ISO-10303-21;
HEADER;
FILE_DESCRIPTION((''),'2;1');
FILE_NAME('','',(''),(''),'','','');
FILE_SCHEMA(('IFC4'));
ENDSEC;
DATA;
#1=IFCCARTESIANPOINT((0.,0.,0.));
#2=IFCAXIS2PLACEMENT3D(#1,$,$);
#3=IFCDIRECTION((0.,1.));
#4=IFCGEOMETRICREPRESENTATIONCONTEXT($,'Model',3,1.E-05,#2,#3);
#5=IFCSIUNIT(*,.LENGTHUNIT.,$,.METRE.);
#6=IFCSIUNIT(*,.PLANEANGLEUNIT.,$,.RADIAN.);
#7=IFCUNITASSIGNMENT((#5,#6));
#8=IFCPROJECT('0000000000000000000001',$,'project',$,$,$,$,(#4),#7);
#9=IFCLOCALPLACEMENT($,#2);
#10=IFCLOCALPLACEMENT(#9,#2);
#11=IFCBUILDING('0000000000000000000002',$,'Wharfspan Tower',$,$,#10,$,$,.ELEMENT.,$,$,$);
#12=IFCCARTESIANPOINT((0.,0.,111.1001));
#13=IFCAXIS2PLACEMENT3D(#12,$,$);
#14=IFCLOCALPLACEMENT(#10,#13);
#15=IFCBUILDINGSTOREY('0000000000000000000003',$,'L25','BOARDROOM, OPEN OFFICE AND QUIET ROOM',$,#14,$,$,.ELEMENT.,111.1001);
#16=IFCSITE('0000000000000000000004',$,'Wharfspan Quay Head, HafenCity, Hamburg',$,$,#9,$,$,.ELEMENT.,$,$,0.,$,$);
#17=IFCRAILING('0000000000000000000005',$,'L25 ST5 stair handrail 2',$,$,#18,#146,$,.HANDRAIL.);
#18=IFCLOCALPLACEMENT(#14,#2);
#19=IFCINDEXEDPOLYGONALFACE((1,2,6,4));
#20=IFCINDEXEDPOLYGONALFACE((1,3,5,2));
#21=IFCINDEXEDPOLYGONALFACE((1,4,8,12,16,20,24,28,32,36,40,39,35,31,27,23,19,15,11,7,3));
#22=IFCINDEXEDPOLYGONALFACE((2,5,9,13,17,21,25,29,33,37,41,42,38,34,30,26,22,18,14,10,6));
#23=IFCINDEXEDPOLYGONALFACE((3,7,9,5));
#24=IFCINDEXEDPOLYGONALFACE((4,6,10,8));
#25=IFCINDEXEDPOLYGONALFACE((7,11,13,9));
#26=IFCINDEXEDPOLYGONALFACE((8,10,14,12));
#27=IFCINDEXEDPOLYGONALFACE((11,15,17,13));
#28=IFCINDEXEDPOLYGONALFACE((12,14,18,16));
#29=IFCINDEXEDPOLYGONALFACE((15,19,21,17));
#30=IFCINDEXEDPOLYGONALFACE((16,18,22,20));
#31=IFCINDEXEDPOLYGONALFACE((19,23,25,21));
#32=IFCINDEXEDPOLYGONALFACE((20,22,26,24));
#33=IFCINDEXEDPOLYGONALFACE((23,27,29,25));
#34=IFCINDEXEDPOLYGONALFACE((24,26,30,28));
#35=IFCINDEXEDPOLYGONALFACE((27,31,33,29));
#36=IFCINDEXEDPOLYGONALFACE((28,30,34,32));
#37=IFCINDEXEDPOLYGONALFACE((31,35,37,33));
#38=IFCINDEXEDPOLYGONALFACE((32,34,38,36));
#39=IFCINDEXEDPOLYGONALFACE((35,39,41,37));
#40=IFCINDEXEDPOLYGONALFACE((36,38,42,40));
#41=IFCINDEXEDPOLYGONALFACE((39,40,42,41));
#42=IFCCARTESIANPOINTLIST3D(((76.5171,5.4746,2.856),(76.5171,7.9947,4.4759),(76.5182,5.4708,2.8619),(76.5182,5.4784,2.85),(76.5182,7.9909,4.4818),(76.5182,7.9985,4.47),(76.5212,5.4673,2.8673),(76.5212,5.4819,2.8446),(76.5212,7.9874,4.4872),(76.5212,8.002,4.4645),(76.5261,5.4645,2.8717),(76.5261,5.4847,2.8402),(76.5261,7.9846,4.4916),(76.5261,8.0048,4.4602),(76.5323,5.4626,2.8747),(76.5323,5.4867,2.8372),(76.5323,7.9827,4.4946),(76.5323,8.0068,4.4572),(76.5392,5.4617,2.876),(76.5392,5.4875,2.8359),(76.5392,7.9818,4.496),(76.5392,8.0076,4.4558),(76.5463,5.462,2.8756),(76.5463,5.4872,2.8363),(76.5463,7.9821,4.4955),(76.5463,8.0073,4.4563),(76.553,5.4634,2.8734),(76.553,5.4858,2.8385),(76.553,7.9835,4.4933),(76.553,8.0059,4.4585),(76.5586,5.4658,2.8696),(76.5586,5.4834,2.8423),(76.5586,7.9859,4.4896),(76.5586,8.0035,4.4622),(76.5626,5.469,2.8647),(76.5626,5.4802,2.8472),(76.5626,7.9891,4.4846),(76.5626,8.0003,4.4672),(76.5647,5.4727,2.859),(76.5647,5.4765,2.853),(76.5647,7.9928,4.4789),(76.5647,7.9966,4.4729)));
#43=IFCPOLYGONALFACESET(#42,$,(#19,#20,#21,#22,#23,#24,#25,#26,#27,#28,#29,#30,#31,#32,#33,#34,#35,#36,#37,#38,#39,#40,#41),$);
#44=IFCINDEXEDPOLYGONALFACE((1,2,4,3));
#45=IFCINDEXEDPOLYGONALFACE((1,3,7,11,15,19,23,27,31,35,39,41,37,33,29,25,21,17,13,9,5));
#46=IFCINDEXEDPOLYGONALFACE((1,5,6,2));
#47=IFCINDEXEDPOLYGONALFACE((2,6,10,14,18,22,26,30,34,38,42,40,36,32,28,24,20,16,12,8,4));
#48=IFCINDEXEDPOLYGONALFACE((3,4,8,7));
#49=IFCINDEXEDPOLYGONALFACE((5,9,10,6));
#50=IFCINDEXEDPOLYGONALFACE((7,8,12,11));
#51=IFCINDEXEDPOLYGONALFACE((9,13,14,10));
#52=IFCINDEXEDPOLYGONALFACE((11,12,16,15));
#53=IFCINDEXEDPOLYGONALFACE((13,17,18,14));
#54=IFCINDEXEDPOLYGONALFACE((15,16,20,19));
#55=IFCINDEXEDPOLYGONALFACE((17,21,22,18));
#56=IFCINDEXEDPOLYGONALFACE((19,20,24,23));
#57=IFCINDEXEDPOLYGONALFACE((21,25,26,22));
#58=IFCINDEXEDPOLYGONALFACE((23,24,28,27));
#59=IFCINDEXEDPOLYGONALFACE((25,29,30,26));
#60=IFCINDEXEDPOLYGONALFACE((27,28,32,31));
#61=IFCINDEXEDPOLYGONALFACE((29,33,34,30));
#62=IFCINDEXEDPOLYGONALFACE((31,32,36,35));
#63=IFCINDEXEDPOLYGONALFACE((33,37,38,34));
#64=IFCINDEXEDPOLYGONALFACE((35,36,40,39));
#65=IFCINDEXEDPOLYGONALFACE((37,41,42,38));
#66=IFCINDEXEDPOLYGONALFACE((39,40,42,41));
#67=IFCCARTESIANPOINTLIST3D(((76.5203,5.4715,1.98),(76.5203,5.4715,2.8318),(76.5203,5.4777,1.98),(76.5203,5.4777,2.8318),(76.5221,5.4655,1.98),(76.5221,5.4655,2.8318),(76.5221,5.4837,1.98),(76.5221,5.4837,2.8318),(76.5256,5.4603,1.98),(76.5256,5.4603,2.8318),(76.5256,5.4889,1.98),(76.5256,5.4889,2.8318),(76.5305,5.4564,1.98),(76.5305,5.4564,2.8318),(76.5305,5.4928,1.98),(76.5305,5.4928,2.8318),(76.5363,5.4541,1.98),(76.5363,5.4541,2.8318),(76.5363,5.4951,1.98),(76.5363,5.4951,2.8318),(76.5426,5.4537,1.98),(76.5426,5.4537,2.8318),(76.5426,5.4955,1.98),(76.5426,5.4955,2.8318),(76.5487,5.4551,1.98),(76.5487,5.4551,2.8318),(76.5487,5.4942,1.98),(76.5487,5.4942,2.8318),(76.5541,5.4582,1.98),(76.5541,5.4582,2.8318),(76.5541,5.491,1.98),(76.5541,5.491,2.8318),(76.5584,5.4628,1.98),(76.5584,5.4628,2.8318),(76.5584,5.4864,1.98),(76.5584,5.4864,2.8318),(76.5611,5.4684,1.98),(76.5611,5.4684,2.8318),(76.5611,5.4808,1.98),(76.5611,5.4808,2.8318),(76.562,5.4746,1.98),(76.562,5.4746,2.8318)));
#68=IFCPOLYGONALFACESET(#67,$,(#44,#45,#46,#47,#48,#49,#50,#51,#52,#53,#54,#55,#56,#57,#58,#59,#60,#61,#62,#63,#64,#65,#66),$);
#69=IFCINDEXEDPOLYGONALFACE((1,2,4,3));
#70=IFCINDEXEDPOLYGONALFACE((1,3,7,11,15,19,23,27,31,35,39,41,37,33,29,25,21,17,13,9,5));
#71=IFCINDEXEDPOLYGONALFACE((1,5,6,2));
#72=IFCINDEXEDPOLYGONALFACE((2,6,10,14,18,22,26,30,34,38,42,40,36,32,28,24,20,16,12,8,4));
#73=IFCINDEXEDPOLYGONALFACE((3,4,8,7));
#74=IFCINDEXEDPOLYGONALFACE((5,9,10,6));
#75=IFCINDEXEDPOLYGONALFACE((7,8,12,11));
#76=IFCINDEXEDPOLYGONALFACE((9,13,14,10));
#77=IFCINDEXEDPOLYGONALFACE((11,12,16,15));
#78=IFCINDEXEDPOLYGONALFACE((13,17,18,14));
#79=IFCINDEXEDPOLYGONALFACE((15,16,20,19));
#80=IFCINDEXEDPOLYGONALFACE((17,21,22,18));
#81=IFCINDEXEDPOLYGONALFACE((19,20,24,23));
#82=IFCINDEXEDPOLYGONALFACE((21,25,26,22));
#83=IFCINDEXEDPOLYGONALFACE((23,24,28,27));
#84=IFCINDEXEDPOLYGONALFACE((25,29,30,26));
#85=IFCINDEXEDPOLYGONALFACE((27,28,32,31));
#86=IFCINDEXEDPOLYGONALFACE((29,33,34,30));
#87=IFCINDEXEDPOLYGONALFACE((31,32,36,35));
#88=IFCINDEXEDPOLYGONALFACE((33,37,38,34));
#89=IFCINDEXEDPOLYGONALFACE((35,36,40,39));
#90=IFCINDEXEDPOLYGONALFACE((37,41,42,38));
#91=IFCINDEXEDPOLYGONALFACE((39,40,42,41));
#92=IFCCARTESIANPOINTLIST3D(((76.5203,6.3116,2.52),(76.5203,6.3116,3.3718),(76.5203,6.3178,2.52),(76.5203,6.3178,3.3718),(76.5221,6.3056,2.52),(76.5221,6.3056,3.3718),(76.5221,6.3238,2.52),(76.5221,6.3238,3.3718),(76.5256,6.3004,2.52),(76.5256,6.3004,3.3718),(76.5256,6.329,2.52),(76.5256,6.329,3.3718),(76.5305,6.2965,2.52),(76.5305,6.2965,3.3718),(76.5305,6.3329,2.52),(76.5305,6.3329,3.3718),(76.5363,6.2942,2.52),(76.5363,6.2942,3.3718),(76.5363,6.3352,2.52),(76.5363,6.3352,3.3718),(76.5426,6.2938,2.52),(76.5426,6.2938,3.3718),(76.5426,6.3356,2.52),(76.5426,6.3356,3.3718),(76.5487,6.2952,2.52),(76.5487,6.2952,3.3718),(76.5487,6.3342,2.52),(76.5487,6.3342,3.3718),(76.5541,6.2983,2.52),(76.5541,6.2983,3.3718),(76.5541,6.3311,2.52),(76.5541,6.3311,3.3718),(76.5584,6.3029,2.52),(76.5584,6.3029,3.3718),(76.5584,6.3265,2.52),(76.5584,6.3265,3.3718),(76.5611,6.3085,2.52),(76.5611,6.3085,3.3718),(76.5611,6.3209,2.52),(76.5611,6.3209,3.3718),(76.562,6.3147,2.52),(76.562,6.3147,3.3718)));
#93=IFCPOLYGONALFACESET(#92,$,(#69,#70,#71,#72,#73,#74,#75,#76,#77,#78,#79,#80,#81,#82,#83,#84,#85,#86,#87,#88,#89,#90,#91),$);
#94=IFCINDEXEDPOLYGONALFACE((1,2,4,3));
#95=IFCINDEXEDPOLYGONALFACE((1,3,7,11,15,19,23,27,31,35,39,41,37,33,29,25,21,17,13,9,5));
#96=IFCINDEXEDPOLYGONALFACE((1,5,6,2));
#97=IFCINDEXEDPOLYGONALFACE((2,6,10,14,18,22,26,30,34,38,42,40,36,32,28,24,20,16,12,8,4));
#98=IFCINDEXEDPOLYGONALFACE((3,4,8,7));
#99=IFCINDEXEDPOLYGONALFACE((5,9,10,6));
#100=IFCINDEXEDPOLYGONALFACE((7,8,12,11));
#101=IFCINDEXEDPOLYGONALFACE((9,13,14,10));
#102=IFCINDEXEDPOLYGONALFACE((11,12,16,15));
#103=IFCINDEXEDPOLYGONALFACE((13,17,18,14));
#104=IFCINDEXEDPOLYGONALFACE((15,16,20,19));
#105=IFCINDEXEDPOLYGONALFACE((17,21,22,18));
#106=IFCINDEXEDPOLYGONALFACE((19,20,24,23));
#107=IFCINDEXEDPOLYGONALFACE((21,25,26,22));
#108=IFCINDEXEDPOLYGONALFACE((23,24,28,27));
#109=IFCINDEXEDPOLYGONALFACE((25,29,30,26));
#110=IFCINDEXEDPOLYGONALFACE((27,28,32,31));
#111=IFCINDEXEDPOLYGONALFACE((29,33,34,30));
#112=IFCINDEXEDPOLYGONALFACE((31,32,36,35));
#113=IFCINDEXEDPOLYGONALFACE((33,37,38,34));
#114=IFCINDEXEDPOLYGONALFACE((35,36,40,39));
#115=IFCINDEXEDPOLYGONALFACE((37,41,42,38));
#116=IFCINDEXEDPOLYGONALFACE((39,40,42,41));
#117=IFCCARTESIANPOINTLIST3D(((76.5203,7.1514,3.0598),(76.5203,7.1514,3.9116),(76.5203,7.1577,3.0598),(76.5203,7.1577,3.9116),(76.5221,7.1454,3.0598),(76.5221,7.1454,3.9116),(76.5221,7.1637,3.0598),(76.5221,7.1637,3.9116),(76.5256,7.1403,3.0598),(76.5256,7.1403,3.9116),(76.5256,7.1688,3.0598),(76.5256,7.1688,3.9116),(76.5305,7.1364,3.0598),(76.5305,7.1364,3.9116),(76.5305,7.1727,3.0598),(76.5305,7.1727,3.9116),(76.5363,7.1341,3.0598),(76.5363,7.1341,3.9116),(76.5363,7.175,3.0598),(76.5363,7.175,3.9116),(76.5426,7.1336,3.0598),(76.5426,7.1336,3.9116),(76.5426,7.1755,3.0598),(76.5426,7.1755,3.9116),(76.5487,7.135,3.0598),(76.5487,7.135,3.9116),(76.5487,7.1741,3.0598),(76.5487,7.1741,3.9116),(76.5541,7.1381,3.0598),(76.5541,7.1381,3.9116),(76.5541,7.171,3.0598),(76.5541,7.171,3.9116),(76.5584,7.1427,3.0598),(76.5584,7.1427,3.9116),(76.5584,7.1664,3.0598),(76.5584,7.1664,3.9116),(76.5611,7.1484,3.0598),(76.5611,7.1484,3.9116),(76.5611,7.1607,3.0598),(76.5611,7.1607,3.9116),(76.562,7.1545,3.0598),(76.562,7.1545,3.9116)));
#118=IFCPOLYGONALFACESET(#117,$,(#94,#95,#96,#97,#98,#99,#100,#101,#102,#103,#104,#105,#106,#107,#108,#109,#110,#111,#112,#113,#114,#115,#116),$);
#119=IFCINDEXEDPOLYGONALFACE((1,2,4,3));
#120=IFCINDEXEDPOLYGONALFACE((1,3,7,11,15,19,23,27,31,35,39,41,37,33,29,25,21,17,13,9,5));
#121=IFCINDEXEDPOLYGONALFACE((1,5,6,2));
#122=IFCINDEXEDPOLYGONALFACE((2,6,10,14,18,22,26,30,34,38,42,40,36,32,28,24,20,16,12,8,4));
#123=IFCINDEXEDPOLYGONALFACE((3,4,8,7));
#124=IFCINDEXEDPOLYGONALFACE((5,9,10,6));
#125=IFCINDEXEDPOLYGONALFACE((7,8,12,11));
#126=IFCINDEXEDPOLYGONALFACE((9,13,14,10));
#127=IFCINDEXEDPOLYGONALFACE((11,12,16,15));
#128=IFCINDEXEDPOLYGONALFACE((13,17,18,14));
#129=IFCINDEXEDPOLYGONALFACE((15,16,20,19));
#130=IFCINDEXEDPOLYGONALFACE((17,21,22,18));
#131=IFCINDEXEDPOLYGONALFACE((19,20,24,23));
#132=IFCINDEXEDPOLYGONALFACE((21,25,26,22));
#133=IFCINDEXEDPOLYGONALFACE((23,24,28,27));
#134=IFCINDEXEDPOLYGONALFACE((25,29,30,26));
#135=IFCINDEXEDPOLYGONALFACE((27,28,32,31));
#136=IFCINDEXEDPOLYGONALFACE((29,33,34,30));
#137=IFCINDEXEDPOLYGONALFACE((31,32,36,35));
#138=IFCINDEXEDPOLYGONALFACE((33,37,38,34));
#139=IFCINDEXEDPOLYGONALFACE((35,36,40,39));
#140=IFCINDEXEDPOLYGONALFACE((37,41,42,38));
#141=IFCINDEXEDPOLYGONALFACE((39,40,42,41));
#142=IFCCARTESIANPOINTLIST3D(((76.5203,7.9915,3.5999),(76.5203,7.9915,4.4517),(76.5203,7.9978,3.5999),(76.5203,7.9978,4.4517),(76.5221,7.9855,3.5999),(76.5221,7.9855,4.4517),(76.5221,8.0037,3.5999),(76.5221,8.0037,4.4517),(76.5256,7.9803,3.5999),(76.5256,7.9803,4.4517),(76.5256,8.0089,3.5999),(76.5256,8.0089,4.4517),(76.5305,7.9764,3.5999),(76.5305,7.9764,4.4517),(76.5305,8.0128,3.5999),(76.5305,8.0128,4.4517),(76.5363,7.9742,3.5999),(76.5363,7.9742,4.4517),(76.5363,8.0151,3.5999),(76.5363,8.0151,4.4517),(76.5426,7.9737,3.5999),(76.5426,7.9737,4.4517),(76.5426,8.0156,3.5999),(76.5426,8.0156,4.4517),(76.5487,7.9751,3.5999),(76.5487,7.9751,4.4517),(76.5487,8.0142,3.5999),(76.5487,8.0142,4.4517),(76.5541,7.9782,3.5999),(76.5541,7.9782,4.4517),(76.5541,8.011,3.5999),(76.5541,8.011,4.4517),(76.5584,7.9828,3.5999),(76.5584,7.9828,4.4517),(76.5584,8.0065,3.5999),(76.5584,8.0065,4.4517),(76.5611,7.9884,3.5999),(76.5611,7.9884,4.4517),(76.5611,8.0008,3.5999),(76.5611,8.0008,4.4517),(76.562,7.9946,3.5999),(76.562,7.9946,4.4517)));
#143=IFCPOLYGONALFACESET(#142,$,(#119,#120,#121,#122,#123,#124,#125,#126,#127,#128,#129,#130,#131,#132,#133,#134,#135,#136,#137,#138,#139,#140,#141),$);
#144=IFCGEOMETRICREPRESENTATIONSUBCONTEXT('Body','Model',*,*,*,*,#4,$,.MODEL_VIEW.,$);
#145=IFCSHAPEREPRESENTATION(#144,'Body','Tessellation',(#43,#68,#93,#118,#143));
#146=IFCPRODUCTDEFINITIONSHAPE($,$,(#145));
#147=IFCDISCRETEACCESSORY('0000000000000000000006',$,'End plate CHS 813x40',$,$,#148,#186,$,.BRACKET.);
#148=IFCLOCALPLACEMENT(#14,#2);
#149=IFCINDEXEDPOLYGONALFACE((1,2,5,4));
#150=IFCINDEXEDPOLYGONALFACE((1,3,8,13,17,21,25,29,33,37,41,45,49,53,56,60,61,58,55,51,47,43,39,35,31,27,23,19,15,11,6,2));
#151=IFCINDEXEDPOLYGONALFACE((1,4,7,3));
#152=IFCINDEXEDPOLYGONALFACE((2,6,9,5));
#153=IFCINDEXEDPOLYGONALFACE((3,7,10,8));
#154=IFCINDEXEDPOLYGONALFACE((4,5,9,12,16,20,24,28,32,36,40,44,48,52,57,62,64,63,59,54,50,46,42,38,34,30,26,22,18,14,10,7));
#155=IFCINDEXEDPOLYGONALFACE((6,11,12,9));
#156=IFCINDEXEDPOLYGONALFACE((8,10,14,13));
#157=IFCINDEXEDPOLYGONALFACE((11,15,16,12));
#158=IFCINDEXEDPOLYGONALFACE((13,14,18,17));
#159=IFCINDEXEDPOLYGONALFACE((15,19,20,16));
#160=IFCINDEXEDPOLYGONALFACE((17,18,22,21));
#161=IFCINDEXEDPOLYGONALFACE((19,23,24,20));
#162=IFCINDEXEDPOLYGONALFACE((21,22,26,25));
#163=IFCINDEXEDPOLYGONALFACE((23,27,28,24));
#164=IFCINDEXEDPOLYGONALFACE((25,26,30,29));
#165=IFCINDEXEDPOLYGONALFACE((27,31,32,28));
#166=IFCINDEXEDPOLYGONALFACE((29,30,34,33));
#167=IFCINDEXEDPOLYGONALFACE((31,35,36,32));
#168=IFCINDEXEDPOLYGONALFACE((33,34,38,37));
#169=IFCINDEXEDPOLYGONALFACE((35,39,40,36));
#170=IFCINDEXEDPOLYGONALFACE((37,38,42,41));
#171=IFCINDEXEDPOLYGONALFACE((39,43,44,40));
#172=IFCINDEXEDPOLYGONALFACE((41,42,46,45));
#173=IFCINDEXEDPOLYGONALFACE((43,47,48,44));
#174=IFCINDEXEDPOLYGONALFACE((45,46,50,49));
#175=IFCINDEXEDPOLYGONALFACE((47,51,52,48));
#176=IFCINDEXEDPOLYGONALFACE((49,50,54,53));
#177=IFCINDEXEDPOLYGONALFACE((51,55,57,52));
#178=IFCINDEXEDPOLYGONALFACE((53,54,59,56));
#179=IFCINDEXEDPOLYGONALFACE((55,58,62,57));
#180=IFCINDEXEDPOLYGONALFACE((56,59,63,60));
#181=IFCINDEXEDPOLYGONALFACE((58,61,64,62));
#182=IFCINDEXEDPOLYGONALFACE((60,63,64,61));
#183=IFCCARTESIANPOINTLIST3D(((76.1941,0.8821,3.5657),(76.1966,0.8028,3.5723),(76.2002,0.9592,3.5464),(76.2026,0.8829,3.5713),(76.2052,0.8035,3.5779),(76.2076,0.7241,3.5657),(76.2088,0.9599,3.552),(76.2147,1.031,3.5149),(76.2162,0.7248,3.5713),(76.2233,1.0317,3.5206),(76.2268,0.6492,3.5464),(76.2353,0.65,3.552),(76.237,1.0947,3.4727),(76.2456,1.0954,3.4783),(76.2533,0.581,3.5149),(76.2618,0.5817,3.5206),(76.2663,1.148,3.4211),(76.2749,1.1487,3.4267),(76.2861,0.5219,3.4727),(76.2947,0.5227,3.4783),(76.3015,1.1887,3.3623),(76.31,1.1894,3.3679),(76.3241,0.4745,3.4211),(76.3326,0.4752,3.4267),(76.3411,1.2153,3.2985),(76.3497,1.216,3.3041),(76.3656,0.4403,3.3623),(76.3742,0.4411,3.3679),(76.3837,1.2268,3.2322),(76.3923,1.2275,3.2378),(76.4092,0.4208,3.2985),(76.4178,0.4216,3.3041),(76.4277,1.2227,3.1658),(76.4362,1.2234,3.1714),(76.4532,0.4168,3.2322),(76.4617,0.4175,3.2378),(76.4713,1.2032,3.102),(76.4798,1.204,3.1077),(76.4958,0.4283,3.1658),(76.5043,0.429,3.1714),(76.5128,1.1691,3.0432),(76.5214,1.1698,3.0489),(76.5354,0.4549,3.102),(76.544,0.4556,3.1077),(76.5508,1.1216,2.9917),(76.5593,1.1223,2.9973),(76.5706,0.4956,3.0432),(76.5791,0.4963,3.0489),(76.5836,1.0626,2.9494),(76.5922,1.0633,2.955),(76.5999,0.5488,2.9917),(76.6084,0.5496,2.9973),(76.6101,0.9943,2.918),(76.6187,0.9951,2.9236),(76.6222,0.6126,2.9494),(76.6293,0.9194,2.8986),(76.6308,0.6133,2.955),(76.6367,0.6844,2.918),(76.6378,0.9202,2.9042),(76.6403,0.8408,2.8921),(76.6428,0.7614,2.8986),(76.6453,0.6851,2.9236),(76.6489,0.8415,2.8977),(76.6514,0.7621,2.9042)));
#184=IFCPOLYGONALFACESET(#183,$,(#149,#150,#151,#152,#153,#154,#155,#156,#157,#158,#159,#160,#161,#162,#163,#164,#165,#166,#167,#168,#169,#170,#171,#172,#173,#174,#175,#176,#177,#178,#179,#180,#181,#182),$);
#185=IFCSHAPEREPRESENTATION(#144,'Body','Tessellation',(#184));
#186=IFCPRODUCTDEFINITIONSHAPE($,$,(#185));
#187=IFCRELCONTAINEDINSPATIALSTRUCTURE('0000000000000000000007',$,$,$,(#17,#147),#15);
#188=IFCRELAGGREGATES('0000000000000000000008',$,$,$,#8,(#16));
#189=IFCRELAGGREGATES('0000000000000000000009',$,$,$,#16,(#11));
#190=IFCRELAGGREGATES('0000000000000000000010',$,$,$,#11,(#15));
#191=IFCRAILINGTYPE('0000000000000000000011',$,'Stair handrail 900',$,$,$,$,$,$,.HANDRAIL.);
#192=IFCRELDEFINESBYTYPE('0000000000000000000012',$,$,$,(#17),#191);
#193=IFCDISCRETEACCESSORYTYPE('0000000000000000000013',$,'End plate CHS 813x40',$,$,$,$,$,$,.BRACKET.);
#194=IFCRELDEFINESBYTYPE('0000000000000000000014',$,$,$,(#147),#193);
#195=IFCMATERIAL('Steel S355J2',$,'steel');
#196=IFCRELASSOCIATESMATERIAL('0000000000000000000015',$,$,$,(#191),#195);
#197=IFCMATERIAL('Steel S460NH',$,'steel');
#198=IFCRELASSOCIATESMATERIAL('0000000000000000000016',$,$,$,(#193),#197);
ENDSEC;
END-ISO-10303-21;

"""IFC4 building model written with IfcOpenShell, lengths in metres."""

from ifc_helpers import new_model, si_unit, direction, frame, origin, origin_2d, place, context, subcontext, project, spatial, circle, extrude, material, material_profile, profile_set, type_object, element, save


model = new_model("IFC4")

# Units and contexts
model_context = context("Model", 3, precision=1e-05, world=origin(), true_north=direction((0.0, 1.0)))
body_context = subcontext(model_context, "Body", "Model", "MODEL_VIEW")
ifc_project = project(units=[si_unit("LENGTHUNIT", "METRE"), si_unit("PLANEANGLEUNIT", "RADIAN")], contexts=[model_context])

# Site, building, storey
site_placement = place(None, origin())
site = spatial("IfcSite", under=ifc_project, at=site_placement, Name="Wharfspan Quay Head, HafenCity, Hamburg", CompositionType="ELEMENT", RefElevation=0.0)
building_placement = place(site_placement, origin())
building = spatial("IfcBuilding", under=site, at=building_placement, Name="Wharfspan Tower", CompositionType="ELEMENT")
storey_placement = place(building_placement, frame((0.0, 0.0, 111.1001)))
storey = spatial("IfcBuildingStorey", under=building, at=storey_placement, Name="L25", Description="BOARDROOM, OPEN OFFICE AND QUIET ROOM", CompositionType="ELEMENT", Elevation=111.1001)

# Shared definitions
ifc_material_1 = material(Name="Steel S355J2", Category="steel")

# Shared definitions
ifc_material_2 = material(Name="Steel S460NH", Category="steel")

# Railing
railing_type_1 = type_object("IfcRailingType", Name="Stair handrail 900", PredefinedType="HANDRAIL", material=ifc_material_1)
railing_1_placement = place(storey_placement, frame((76.541, 5.4746, 1.98)))
element("IfcRailing", 1, at=railing_1_placement, inside=storey, type_object=railing_type_1, Name="L25 ST5 stair handrail 2", PredefinedType="HANDRAIL", context=body_context, shape_type="SweptSolid", body=[
    extrude(circle(Radius=0.0239, at=origin_2d()), frame((0.0, 0.0, 0.876), z_axis=(0.0, 0.8412, 0.540725), x_axis=(-1.0, 0.0, 0.0)), (0.0, 0.0, 1.0), 2.9958),
    extrude(circle(Radius=0.021, at=origin_2d()), origin(), (0.0, 0.0, 1.0), 0.8518),
    extrude(circle(Radius=0.021, at=origin_2d()), frame((0.0, 0.8401, 0.54)), (0.0, 0.0, 1.0), 0.8518),
    extrude(circle(Radius=0.021, at=origin_2d()), frame((0.0, 1.6799, 1.0798)), (0.0, 0.0, 1.0), 0.8518),
    extrude(circle(Radius=0.021, at=origin_2d()), frame((0.0, 2.52, 1.6199)), (0.0, 0.0, 1.0), 0.8518),
])

# Discrete accessory
ifc_material_profile_1 = material_profile(ifc_material_2, circle(Radius=0.4065, at=origin_2d()))
ifc_profile_set_1 = profile_set([ifc_material_profile_1], Name="Steel S460NH")
discrete_accessory_type = type_object("IfcDiscreteAccessoryType", Name="End plate CHS 813x40", PredefinedType="BRACKET", material=ifc_profile_set_1)
discrete_accessory_1_placement = place(storey_placement, frame((76.4185, 0.8218, 3.2322), z_axis=(0.83357, 0.071449, 0.547774), x_axis=(-0.085401, 0.996343, 0.0)))
element("IfcDiscreteAccessory", 2, at=discrete_accessory_1_placement, inside=storey, type_object=discrete_accessory_type, Name="End plate CHS 813x40", PredefinedType="BRACKET", context=body_context, shape_type="SweptSolid", body=[
    extrude(circle(Radius=0.4065, at=origin_2d()), origin(), (0.0, 0.0, 1.0), 0.0103),
])

save(model, "model.ifc")
